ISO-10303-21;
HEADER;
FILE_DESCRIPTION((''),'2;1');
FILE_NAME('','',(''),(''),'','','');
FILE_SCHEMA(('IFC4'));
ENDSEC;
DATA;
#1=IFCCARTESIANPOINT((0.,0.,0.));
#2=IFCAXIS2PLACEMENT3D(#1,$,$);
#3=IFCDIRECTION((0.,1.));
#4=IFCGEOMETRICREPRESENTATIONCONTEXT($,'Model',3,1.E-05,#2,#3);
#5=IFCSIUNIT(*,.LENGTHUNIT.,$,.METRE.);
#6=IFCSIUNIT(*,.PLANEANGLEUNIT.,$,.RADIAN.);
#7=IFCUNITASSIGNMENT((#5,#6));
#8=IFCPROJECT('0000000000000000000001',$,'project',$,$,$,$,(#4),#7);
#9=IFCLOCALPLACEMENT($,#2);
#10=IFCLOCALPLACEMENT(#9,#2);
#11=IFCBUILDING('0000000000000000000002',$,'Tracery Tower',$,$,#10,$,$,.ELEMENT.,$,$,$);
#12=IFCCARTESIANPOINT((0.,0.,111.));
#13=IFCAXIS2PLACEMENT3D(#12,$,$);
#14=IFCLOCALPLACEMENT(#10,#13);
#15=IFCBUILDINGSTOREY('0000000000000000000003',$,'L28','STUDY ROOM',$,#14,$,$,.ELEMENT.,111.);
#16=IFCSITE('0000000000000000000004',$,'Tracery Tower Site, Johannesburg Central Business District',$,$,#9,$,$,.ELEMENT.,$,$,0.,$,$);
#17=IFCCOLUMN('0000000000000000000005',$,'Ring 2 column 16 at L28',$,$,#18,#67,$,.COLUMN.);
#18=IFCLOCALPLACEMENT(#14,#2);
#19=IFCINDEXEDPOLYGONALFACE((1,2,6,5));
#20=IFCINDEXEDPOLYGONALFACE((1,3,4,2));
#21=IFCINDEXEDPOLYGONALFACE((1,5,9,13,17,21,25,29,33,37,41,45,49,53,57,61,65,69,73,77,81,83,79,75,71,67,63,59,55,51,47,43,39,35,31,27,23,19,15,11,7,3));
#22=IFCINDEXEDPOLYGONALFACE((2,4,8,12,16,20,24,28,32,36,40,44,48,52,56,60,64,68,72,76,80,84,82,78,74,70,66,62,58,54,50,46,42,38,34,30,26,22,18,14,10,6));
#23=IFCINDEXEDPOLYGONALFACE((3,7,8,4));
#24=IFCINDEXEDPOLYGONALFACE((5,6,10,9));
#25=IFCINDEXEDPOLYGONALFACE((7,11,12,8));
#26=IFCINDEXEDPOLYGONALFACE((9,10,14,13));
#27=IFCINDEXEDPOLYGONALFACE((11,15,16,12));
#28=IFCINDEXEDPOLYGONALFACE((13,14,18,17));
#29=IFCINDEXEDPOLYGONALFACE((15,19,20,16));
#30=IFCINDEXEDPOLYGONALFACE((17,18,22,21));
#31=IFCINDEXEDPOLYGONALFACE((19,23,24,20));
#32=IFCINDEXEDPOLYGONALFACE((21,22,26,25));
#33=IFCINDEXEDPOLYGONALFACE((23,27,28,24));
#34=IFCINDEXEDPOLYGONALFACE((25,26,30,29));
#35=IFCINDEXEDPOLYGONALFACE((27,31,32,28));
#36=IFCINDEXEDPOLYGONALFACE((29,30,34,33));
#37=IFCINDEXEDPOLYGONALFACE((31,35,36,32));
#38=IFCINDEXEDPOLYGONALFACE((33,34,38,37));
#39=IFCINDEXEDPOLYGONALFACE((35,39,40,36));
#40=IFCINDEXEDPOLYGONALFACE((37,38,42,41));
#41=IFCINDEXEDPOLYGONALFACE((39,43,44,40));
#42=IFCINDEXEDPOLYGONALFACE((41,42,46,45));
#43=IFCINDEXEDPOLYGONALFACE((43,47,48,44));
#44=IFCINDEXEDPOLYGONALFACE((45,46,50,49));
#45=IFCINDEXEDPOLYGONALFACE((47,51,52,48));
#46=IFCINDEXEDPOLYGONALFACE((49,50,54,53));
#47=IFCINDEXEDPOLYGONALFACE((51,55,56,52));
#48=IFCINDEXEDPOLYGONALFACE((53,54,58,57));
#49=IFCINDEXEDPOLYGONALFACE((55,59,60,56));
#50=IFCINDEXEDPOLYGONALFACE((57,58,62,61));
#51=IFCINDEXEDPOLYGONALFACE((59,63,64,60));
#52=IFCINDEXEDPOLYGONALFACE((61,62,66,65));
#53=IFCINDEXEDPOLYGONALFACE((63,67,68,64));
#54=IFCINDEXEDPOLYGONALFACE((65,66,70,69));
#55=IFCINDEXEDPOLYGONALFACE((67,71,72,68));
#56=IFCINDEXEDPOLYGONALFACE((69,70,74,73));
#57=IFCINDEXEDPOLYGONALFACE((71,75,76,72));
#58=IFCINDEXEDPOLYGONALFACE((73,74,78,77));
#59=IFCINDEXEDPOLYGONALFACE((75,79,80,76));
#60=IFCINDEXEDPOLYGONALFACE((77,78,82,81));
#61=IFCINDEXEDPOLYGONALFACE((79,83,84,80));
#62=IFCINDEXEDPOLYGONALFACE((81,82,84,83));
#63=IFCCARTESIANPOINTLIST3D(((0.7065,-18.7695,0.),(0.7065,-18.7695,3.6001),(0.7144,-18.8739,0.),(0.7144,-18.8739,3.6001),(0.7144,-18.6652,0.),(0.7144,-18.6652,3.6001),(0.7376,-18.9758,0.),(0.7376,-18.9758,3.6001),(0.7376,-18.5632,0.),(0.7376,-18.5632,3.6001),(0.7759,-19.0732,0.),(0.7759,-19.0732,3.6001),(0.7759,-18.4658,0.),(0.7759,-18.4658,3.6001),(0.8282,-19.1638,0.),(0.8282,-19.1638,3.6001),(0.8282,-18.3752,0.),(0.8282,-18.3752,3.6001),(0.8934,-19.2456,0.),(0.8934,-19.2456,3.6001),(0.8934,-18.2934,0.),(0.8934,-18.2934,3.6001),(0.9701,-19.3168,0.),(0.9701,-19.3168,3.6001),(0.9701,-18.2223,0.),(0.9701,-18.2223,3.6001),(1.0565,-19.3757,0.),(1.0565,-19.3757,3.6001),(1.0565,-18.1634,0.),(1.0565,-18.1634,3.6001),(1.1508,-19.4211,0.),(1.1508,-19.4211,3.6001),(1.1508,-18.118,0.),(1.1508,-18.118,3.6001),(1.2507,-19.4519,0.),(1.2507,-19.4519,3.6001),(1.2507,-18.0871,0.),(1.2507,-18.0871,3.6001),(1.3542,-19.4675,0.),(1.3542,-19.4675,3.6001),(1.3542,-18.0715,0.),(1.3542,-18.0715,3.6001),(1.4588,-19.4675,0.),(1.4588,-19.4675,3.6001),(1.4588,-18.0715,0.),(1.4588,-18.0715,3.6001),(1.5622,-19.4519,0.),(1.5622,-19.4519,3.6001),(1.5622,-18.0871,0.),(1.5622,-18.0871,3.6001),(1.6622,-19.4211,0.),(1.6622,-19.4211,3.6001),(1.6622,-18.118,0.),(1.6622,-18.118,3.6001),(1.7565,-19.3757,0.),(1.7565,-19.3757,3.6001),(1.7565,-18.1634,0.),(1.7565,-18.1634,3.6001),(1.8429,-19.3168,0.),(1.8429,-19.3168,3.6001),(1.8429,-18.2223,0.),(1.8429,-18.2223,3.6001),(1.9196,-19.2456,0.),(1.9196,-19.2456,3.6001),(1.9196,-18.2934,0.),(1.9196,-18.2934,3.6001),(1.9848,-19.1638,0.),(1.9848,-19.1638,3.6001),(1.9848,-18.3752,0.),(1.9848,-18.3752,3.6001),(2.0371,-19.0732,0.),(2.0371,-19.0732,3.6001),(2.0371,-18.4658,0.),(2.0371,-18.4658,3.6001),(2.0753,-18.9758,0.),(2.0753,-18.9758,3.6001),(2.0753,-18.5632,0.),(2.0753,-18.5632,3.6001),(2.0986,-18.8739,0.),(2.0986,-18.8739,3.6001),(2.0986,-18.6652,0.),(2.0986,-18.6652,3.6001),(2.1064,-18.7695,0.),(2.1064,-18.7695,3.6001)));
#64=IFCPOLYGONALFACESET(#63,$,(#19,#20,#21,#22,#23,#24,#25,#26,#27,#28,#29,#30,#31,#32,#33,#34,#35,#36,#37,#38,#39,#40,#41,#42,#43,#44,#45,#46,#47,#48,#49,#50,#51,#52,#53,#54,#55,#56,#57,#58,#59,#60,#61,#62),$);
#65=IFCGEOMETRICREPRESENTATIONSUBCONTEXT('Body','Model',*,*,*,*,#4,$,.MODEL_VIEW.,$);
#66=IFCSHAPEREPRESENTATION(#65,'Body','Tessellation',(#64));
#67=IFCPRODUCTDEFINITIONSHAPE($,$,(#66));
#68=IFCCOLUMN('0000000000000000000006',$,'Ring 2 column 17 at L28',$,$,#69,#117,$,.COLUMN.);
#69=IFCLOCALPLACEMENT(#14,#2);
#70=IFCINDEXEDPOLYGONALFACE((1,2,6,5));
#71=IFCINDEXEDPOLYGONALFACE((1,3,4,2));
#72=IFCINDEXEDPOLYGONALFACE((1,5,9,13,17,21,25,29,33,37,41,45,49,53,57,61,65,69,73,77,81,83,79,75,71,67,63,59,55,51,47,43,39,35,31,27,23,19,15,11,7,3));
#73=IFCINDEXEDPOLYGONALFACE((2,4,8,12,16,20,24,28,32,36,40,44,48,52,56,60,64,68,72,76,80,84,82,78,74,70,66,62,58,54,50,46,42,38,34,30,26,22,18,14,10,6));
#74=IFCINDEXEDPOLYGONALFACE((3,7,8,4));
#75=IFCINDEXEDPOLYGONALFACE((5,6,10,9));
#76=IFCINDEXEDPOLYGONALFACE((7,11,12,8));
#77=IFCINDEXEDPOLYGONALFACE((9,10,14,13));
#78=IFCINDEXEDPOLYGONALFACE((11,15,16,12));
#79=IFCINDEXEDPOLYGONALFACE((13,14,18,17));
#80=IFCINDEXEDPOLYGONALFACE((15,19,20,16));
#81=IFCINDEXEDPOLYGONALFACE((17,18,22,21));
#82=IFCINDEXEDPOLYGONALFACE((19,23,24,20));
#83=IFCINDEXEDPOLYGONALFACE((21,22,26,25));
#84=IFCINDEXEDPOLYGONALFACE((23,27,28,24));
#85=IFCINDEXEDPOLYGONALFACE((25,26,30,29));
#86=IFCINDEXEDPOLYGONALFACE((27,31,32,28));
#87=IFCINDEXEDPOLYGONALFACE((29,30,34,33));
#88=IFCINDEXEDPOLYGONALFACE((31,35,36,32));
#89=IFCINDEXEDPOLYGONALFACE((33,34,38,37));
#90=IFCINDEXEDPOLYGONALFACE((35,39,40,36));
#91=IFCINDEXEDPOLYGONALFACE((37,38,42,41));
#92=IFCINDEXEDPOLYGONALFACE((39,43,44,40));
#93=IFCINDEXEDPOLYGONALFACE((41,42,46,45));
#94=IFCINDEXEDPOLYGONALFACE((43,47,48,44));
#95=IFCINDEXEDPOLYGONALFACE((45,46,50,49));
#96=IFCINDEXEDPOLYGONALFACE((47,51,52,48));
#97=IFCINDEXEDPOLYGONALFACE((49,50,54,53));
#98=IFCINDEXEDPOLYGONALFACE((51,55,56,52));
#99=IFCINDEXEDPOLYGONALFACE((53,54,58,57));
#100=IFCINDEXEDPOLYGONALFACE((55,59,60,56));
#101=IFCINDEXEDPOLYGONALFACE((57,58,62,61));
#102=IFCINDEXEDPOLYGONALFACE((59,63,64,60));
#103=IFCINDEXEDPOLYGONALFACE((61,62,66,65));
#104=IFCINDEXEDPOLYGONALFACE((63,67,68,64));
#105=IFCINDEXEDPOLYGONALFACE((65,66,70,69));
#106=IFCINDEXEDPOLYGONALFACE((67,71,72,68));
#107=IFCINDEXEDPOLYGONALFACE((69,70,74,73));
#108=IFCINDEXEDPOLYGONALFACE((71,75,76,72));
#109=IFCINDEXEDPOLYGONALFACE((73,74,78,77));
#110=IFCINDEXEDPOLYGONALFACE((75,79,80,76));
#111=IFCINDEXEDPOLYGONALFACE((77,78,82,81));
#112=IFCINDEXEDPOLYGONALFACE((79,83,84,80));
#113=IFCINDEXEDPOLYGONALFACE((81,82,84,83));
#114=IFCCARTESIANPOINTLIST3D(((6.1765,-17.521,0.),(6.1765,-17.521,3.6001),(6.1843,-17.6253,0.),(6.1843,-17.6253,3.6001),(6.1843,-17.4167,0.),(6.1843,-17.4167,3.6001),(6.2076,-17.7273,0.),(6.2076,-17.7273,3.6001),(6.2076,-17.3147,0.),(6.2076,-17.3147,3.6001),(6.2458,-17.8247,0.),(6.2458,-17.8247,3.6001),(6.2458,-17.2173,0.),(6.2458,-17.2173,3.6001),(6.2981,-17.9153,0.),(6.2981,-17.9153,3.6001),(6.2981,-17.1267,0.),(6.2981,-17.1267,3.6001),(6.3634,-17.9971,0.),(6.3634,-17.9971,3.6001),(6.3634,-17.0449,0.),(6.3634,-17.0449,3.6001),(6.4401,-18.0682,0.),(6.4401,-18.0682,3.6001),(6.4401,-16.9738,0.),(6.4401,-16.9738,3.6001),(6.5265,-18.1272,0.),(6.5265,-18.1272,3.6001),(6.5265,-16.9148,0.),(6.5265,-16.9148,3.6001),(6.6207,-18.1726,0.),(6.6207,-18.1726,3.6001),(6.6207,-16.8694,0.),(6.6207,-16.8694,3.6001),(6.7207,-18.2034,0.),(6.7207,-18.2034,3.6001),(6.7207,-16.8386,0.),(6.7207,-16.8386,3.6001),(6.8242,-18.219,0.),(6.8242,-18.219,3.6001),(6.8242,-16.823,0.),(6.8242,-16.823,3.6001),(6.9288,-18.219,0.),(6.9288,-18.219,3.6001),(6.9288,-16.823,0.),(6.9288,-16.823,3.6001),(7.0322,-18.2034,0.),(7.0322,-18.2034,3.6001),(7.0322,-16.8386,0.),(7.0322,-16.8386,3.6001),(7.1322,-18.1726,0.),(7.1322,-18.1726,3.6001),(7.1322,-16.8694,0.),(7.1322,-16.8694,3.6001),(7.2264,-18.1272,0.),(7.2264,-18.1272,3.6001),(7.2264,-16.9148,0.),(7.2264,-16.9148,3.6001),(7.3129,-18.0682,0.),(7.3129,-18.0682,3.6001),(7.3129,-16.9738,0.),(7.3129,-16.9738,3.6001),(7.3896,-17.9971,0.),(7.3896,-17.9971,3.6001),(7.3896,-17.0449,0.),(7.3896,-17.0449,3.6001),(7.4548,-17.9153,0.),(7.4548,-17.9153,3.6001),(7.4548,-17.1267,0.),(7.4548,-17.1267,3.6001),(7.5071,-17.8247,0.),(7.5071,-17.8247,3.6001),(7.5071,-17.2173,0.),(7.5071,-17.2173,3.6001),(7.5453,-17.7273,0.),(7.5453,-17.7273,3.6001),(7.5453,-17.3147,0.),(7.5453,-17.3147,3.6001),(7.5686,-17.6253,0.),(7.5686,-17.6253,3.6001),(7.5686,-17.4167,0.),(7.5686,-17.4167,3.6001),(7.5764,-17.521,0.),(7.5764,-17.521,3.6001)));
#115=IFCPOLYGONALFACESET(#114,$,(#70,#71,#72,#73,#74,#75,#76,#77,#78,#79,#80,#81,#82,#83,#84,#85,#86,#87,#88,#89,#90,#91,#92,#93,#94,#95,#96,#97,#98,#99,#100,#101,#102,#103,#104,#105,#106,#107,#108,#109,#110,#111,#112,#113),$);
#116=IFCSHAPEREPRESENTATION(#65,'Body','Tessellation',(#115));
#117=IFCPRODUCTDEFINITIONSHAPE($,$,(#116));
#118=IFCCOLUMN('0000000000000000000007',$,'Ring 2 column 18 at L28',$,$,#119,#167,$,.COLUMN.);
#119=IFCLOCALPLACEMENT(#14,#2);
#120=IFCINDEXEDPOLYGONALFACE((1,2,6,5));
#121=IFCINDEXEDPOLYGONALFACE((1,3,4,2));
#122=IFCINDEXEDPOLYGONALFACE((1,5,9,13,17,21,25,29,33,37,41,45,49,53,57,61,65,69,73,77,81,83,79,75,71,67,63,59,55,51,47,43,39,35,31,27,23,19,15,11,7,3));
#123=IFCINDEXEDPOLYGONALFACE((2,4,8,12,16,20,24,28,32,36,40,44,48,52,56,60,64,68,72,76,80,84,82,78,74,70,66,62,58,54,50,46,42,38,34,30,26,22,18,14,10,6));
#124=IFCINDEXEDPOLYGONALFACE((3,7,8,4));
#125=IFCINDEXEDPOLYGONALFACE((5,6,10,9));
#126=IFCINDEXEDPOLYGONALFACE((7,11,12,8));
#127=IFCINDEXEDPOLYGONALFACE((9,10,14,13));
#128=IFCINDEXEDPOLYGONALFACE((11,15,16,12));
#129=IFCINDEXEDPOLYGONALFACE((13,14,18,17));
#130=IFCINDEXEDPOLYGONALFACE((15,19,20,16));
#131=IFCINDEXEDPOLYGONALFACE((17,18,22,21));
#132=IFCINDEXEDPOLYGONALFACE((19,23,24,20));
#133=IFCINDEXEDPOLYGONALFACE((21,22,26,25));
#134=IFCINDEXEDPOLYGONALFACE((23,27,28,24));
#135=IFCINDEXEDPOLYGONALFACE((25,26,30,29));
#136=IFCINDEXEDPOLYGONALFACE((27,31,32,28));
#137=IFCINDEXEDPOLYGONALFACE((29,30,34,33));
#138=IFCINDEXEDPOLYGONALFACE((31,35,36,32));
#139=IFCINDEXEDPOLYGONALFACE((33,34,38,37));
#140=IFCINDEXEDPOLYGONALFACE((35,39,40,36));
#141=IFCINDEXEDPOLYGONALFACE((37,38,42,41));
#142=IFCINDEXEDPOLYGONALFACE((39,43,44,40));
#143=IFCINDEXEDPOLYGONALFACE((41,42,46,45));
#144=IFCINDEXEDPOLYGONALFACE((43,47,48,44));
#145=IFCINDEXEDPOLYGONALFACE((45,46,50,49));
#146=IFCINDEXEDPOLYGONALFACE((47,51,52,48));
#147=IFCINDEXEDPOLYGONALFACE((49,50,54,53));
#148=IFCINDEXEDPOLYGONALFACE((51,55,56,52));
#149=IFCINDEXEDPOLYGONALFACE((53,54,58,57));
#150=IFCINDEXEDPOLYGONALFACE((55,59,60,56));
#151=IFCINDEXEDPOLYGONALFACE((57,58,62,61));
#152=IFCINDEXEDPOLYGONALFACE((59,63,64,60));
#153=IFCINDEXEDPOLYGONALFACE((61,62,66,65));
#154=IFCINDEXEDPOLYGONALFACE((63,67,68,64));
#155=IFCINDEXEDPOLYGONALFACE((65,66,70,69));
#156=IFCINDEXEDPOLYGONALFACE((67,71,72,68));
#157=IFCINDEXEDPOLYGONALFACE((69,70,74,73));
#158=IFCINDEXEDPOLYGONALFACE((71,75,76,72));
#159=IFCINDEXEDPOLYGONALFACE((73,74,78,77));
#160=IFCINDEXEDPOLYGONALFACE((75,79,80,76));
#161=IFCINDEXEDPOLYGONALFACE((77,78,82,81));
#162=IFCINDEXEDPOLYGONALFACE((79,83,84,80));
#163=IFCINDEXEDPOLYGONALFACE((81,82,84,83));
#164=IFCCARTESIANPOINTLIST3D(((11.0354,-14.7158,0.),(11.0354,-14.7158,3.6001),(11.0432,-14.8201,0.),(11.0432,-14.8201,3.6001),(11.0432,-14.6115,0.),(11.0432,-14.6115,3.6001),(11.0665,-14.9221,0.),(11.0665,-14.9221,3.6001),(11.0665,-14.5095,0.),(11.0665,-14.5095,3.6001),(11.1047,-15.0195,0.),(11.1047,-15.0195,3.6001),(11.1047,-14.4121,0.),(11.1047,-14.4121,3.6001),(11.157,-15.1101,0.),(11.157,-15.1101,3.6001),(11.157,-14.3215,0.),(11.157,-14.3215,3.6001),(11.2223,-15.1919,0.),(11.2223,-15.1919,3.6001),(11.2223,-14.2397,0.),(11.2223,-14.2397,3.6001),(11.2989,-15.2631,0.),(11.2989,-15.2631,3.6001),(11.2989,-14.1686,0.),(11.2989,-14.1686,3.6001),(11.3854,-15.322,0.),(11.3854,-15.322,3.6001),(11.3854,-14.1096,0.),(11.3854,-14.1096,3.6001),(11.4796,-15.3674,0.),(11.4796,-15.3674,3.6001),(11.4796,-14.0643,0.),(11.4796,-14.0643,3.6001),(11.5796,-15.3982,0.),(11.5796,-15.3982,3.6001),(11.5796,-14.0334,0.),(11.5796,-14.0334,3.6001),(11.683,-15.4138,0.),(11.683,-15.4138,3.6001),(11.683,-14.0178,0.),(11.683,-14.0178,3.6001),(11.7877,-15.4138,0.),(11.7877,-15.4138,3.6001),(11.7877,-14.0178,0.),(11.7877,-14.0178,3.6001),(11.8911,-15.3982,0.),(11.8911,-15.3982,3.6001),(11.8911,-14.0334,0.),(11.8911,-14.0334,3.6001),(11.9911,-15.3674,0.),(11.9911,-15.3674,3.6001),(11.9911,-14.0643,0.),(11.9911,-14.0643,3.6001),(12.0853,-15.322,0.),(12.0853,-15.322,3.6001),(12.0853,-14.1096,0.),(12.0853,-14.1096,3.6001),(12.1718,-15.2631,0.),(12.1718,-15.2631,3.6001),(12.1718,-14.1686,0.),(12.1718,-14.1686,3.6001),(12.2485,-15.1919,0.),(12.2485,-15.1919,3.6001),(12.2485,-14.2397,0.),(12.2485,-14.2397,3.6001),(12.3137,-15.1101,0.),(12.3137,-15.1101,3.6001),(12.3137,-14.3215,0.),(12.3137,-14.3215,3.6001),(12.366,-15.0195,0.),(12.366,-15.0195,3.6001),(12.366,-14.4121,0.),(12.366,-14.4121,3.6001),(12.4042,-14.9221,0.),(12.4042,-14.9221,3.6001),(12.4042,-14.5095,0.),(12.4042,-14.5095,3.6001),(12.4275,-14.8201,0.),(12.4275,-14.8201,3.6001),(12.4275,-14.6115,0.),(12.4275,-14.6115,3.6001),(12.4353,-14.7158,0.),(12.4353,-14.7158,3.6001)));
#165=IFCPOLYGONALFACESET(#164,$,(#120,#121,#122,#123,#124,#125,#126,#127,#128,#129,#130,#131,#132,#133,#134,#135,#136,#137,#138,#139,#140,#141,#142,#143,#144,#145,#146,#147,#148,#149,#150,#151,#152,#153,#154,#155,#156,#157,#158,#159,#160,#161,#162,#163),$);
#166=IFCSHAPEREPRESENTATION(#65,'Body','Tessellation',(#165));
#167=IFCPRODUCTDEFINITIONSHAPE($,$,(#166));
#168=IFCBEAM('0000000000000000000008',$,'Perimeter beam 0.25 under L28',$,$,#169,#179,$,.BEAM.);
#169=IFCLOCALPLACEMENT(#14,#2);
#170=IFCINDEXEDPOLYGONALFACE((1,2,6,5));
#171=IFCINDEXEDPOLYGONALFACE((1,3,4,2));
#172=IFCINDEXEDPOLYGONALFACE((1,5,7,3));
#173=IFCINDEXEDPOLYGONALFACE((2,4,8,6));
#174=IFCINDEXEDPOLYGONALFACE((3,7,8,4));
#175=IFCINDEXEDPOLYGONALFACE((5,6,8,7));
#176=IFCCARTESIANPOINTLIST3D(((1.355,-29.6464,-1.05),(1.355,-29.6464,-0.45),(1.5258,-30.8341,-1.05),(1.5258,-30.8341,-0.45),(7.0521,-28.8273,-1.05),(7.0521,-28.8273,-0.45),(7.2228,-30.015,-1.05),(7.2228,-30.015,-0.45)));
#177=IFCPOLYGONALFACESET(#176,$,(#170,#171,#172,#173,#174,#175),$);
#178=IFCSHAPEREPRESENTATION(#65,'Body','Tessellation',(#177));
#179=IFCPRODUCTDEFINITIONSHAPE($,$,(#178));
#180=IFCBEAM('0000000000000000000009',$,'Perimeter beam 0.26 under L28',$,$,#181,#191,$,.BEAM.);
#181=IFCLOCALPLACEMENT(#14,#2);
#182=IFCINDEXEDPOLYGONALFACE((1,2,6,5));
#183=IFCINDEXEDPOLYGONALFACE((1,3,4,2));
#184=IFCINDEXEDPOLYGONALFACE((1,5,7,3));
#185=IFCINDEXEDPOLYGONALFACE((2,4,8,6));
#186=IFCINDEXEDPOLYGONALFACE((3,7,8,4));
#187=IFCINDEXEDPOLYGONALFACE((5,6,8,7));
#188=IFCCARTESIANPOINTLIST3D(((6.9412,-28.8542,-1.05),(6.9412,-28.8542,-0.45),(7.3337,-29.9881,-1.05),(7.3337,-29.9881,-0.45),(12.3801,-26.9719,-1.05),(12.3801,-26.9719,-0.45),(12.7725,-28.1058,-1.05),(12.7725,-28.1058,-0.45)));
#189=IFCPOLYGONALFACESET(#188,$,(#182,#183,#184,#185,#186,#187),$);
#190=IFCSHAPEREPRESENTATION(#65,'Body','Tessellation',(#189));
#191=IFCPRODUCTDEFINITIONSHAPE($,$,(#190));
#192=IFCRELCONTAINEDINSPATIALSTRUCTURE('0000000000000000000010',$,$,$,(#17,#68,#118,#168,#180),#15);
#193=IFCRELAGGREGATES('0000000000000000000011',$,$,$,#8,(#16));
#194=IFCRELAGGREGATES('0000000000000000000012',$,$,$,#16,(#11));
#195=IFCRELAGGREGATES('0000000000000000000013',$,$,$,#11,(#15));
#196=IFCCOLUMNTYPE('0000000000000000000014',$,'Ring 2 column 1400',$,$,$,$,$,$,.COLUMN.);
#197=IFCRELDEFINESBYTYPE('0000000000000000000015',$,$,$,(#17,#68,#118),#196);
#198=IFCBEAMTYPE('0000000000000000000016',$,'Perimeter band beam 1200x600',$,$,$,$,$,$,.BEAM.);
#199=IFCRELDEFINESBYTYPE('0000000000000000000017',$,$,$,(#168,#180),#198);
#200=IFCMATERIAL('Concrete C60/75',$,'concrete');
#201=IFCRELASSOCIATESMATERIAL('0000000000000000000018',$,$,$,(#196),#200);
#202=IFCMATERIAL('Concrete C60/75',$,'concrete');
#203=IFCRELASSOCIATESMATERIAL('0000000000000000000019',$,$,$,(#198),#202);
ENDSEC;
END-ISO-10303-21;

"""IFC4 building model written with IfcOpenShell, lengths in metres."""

from ifc_helpers import new_model, si_unit, direction, frame, origin, origin_2d, place, context, subcontext, project, spatial, rectangle, circle, extrude, material, material_profile, profile_set, type_object, element, save


model = new_model("IFC4")

# Units and contexts
model_context = context("Model", 3, precision=1e-05, world=origin(), true_north=direction((0.0, 1.0)))
body_context = subcontext(model_context, "Body", "Model", "MODEL_VIEW")
ifc_project = project(units=[si_unit("LENGTHUNIT", "METRE"), si_unit("PLANEANGLEUNIT", "RADIAN")], contexts=[model_context])

# Site, building, storey
site_placement = place(None, origin())
site = spatial("IfcSite", under=ifc_project, at=site_placement, Name="Tracery Tower Site, Johannesburg Central Business District", CompositionType="ELEMENT", RefElevation=0.0)
building_placement = place(site_placement, origin())
building = spatial("IfcBuilding", under=site, at=building_placement, Name="Tracery Tower", CompositionType="ELEMENT")
storey_placement = place(building_placement, frame((0.0, 0.0, 111.0)))
storey = spatial("IfcBuildingStorey", under=building, at=storey_placement, Name="L28", Description="STUDY ROOM", CompositionType="ELEMENT", Elevation=111.0)

# Columns
ifc_material_1 = material(Name="Concrete C60/75", Category="concrete")
ifc_material_profile_1 = material_profile(ifc_material_1, circle(Radius=0.7, at=origin_2d()), Name="RC D1400")
ifc_profile_set_1 = profile_set([ifc_material_profile_1], Name="Concrete C60/75")
column_type_1 = type_object("IfcColumnType", Name="Ring 2 column 1400", PredefinedType="COLUMN", material=ifc_profile_set_1)
for number, where, z_axis, x_axis, name in (
    (1, (1.4065, -18.7695, 0.0), (0.0, 0.0, 1.0), (1.0, 0.0, 0.0), "Ring 2 column 16 at L28"),
    (2, (6.8765, -17.521, 0.0), (0.0, 0.0, 1.0), (1.0, 0.0, 0.0), "Ring 2 column 17 at L28"),
    (3, (11.7354, -14.7158, 0.0), (0.0, 0.0, 1.0), (1.0, 0.0, 0.0), "Ring 2 column 18 at L28"),
):
    element("IfcColumn", number, at=place(storey_placement, frame(where, z_axis=z_axis, x_axis=x_axis)), inside=storey, type_object=column_type_1, Name=name, PredefinedType="COLUMN", context=body_context, shape_type="SweptSolid", body=[
        extrude(circle(Radius=0.7, at=origin_2d()), origin(), (0.0, 0.0, 1.0), 3.6001),
    ])

# Beams
ifc_material_2 = material(Name="Concrete C60/75", Category="concrete")
ifc_material_profile_2 = material_profile(ifc_material_2, rectangle(XDim=1.2, YDim=0.6001, at=origin_2d()), Name="RC 1200x600")
ifc_profile_set_2 = profile_set([ifc_material_profile_2], Name="Concrete C60/75")
beam_type = type_object("IfcBeamType", Name="Perimeter band beam 1200x600", PredefinedType="BEAM", material=ifc_profile_set_2)
beam_1_placement = place(storey_placement, frame((1.4404, -30.2402, -0.75), z_axis=(0.989822, 0.142312, 0.0), x_axis=(-0.142312, 0.989822, 0.0)))
element("IfcBeam", 4, at=beam_1_placement, inside=storey, type_object=beam_type, Name="Perimeter beam 0.25 under L28", PredefinedType="BEAM", context=body_context, shape_type="SweptSolid", body=[
    extrude(rectangle(XDim=1.2, YDim=0.6001, at=origin_2d()), origin(), (0.0, 0.0, 1.0), 5.7556),
])
beam_2_placement = place(storey_placement, frame((7.1375, -29.4211, -0.75), z_axis=(0.945007, 0.327049, 0.0), x_axis=(-0.327049, 0.945007, 0.0)))
element("IfcBeam", 5, at=beam_2_placement, inside=storey, type_object=beam_type, Name="Perimeter beam 0.26 under L28", PredefinedType="BEAM", context=body_context, shape_type="SweptSolid", body=[
    extrude(rectangle(XDim=1.2, YDim=0.6001, at=origin_2d()), origin(), (0.0, 0.0, 1.0), 5.7554),
])

save(model, "model.ifc")
